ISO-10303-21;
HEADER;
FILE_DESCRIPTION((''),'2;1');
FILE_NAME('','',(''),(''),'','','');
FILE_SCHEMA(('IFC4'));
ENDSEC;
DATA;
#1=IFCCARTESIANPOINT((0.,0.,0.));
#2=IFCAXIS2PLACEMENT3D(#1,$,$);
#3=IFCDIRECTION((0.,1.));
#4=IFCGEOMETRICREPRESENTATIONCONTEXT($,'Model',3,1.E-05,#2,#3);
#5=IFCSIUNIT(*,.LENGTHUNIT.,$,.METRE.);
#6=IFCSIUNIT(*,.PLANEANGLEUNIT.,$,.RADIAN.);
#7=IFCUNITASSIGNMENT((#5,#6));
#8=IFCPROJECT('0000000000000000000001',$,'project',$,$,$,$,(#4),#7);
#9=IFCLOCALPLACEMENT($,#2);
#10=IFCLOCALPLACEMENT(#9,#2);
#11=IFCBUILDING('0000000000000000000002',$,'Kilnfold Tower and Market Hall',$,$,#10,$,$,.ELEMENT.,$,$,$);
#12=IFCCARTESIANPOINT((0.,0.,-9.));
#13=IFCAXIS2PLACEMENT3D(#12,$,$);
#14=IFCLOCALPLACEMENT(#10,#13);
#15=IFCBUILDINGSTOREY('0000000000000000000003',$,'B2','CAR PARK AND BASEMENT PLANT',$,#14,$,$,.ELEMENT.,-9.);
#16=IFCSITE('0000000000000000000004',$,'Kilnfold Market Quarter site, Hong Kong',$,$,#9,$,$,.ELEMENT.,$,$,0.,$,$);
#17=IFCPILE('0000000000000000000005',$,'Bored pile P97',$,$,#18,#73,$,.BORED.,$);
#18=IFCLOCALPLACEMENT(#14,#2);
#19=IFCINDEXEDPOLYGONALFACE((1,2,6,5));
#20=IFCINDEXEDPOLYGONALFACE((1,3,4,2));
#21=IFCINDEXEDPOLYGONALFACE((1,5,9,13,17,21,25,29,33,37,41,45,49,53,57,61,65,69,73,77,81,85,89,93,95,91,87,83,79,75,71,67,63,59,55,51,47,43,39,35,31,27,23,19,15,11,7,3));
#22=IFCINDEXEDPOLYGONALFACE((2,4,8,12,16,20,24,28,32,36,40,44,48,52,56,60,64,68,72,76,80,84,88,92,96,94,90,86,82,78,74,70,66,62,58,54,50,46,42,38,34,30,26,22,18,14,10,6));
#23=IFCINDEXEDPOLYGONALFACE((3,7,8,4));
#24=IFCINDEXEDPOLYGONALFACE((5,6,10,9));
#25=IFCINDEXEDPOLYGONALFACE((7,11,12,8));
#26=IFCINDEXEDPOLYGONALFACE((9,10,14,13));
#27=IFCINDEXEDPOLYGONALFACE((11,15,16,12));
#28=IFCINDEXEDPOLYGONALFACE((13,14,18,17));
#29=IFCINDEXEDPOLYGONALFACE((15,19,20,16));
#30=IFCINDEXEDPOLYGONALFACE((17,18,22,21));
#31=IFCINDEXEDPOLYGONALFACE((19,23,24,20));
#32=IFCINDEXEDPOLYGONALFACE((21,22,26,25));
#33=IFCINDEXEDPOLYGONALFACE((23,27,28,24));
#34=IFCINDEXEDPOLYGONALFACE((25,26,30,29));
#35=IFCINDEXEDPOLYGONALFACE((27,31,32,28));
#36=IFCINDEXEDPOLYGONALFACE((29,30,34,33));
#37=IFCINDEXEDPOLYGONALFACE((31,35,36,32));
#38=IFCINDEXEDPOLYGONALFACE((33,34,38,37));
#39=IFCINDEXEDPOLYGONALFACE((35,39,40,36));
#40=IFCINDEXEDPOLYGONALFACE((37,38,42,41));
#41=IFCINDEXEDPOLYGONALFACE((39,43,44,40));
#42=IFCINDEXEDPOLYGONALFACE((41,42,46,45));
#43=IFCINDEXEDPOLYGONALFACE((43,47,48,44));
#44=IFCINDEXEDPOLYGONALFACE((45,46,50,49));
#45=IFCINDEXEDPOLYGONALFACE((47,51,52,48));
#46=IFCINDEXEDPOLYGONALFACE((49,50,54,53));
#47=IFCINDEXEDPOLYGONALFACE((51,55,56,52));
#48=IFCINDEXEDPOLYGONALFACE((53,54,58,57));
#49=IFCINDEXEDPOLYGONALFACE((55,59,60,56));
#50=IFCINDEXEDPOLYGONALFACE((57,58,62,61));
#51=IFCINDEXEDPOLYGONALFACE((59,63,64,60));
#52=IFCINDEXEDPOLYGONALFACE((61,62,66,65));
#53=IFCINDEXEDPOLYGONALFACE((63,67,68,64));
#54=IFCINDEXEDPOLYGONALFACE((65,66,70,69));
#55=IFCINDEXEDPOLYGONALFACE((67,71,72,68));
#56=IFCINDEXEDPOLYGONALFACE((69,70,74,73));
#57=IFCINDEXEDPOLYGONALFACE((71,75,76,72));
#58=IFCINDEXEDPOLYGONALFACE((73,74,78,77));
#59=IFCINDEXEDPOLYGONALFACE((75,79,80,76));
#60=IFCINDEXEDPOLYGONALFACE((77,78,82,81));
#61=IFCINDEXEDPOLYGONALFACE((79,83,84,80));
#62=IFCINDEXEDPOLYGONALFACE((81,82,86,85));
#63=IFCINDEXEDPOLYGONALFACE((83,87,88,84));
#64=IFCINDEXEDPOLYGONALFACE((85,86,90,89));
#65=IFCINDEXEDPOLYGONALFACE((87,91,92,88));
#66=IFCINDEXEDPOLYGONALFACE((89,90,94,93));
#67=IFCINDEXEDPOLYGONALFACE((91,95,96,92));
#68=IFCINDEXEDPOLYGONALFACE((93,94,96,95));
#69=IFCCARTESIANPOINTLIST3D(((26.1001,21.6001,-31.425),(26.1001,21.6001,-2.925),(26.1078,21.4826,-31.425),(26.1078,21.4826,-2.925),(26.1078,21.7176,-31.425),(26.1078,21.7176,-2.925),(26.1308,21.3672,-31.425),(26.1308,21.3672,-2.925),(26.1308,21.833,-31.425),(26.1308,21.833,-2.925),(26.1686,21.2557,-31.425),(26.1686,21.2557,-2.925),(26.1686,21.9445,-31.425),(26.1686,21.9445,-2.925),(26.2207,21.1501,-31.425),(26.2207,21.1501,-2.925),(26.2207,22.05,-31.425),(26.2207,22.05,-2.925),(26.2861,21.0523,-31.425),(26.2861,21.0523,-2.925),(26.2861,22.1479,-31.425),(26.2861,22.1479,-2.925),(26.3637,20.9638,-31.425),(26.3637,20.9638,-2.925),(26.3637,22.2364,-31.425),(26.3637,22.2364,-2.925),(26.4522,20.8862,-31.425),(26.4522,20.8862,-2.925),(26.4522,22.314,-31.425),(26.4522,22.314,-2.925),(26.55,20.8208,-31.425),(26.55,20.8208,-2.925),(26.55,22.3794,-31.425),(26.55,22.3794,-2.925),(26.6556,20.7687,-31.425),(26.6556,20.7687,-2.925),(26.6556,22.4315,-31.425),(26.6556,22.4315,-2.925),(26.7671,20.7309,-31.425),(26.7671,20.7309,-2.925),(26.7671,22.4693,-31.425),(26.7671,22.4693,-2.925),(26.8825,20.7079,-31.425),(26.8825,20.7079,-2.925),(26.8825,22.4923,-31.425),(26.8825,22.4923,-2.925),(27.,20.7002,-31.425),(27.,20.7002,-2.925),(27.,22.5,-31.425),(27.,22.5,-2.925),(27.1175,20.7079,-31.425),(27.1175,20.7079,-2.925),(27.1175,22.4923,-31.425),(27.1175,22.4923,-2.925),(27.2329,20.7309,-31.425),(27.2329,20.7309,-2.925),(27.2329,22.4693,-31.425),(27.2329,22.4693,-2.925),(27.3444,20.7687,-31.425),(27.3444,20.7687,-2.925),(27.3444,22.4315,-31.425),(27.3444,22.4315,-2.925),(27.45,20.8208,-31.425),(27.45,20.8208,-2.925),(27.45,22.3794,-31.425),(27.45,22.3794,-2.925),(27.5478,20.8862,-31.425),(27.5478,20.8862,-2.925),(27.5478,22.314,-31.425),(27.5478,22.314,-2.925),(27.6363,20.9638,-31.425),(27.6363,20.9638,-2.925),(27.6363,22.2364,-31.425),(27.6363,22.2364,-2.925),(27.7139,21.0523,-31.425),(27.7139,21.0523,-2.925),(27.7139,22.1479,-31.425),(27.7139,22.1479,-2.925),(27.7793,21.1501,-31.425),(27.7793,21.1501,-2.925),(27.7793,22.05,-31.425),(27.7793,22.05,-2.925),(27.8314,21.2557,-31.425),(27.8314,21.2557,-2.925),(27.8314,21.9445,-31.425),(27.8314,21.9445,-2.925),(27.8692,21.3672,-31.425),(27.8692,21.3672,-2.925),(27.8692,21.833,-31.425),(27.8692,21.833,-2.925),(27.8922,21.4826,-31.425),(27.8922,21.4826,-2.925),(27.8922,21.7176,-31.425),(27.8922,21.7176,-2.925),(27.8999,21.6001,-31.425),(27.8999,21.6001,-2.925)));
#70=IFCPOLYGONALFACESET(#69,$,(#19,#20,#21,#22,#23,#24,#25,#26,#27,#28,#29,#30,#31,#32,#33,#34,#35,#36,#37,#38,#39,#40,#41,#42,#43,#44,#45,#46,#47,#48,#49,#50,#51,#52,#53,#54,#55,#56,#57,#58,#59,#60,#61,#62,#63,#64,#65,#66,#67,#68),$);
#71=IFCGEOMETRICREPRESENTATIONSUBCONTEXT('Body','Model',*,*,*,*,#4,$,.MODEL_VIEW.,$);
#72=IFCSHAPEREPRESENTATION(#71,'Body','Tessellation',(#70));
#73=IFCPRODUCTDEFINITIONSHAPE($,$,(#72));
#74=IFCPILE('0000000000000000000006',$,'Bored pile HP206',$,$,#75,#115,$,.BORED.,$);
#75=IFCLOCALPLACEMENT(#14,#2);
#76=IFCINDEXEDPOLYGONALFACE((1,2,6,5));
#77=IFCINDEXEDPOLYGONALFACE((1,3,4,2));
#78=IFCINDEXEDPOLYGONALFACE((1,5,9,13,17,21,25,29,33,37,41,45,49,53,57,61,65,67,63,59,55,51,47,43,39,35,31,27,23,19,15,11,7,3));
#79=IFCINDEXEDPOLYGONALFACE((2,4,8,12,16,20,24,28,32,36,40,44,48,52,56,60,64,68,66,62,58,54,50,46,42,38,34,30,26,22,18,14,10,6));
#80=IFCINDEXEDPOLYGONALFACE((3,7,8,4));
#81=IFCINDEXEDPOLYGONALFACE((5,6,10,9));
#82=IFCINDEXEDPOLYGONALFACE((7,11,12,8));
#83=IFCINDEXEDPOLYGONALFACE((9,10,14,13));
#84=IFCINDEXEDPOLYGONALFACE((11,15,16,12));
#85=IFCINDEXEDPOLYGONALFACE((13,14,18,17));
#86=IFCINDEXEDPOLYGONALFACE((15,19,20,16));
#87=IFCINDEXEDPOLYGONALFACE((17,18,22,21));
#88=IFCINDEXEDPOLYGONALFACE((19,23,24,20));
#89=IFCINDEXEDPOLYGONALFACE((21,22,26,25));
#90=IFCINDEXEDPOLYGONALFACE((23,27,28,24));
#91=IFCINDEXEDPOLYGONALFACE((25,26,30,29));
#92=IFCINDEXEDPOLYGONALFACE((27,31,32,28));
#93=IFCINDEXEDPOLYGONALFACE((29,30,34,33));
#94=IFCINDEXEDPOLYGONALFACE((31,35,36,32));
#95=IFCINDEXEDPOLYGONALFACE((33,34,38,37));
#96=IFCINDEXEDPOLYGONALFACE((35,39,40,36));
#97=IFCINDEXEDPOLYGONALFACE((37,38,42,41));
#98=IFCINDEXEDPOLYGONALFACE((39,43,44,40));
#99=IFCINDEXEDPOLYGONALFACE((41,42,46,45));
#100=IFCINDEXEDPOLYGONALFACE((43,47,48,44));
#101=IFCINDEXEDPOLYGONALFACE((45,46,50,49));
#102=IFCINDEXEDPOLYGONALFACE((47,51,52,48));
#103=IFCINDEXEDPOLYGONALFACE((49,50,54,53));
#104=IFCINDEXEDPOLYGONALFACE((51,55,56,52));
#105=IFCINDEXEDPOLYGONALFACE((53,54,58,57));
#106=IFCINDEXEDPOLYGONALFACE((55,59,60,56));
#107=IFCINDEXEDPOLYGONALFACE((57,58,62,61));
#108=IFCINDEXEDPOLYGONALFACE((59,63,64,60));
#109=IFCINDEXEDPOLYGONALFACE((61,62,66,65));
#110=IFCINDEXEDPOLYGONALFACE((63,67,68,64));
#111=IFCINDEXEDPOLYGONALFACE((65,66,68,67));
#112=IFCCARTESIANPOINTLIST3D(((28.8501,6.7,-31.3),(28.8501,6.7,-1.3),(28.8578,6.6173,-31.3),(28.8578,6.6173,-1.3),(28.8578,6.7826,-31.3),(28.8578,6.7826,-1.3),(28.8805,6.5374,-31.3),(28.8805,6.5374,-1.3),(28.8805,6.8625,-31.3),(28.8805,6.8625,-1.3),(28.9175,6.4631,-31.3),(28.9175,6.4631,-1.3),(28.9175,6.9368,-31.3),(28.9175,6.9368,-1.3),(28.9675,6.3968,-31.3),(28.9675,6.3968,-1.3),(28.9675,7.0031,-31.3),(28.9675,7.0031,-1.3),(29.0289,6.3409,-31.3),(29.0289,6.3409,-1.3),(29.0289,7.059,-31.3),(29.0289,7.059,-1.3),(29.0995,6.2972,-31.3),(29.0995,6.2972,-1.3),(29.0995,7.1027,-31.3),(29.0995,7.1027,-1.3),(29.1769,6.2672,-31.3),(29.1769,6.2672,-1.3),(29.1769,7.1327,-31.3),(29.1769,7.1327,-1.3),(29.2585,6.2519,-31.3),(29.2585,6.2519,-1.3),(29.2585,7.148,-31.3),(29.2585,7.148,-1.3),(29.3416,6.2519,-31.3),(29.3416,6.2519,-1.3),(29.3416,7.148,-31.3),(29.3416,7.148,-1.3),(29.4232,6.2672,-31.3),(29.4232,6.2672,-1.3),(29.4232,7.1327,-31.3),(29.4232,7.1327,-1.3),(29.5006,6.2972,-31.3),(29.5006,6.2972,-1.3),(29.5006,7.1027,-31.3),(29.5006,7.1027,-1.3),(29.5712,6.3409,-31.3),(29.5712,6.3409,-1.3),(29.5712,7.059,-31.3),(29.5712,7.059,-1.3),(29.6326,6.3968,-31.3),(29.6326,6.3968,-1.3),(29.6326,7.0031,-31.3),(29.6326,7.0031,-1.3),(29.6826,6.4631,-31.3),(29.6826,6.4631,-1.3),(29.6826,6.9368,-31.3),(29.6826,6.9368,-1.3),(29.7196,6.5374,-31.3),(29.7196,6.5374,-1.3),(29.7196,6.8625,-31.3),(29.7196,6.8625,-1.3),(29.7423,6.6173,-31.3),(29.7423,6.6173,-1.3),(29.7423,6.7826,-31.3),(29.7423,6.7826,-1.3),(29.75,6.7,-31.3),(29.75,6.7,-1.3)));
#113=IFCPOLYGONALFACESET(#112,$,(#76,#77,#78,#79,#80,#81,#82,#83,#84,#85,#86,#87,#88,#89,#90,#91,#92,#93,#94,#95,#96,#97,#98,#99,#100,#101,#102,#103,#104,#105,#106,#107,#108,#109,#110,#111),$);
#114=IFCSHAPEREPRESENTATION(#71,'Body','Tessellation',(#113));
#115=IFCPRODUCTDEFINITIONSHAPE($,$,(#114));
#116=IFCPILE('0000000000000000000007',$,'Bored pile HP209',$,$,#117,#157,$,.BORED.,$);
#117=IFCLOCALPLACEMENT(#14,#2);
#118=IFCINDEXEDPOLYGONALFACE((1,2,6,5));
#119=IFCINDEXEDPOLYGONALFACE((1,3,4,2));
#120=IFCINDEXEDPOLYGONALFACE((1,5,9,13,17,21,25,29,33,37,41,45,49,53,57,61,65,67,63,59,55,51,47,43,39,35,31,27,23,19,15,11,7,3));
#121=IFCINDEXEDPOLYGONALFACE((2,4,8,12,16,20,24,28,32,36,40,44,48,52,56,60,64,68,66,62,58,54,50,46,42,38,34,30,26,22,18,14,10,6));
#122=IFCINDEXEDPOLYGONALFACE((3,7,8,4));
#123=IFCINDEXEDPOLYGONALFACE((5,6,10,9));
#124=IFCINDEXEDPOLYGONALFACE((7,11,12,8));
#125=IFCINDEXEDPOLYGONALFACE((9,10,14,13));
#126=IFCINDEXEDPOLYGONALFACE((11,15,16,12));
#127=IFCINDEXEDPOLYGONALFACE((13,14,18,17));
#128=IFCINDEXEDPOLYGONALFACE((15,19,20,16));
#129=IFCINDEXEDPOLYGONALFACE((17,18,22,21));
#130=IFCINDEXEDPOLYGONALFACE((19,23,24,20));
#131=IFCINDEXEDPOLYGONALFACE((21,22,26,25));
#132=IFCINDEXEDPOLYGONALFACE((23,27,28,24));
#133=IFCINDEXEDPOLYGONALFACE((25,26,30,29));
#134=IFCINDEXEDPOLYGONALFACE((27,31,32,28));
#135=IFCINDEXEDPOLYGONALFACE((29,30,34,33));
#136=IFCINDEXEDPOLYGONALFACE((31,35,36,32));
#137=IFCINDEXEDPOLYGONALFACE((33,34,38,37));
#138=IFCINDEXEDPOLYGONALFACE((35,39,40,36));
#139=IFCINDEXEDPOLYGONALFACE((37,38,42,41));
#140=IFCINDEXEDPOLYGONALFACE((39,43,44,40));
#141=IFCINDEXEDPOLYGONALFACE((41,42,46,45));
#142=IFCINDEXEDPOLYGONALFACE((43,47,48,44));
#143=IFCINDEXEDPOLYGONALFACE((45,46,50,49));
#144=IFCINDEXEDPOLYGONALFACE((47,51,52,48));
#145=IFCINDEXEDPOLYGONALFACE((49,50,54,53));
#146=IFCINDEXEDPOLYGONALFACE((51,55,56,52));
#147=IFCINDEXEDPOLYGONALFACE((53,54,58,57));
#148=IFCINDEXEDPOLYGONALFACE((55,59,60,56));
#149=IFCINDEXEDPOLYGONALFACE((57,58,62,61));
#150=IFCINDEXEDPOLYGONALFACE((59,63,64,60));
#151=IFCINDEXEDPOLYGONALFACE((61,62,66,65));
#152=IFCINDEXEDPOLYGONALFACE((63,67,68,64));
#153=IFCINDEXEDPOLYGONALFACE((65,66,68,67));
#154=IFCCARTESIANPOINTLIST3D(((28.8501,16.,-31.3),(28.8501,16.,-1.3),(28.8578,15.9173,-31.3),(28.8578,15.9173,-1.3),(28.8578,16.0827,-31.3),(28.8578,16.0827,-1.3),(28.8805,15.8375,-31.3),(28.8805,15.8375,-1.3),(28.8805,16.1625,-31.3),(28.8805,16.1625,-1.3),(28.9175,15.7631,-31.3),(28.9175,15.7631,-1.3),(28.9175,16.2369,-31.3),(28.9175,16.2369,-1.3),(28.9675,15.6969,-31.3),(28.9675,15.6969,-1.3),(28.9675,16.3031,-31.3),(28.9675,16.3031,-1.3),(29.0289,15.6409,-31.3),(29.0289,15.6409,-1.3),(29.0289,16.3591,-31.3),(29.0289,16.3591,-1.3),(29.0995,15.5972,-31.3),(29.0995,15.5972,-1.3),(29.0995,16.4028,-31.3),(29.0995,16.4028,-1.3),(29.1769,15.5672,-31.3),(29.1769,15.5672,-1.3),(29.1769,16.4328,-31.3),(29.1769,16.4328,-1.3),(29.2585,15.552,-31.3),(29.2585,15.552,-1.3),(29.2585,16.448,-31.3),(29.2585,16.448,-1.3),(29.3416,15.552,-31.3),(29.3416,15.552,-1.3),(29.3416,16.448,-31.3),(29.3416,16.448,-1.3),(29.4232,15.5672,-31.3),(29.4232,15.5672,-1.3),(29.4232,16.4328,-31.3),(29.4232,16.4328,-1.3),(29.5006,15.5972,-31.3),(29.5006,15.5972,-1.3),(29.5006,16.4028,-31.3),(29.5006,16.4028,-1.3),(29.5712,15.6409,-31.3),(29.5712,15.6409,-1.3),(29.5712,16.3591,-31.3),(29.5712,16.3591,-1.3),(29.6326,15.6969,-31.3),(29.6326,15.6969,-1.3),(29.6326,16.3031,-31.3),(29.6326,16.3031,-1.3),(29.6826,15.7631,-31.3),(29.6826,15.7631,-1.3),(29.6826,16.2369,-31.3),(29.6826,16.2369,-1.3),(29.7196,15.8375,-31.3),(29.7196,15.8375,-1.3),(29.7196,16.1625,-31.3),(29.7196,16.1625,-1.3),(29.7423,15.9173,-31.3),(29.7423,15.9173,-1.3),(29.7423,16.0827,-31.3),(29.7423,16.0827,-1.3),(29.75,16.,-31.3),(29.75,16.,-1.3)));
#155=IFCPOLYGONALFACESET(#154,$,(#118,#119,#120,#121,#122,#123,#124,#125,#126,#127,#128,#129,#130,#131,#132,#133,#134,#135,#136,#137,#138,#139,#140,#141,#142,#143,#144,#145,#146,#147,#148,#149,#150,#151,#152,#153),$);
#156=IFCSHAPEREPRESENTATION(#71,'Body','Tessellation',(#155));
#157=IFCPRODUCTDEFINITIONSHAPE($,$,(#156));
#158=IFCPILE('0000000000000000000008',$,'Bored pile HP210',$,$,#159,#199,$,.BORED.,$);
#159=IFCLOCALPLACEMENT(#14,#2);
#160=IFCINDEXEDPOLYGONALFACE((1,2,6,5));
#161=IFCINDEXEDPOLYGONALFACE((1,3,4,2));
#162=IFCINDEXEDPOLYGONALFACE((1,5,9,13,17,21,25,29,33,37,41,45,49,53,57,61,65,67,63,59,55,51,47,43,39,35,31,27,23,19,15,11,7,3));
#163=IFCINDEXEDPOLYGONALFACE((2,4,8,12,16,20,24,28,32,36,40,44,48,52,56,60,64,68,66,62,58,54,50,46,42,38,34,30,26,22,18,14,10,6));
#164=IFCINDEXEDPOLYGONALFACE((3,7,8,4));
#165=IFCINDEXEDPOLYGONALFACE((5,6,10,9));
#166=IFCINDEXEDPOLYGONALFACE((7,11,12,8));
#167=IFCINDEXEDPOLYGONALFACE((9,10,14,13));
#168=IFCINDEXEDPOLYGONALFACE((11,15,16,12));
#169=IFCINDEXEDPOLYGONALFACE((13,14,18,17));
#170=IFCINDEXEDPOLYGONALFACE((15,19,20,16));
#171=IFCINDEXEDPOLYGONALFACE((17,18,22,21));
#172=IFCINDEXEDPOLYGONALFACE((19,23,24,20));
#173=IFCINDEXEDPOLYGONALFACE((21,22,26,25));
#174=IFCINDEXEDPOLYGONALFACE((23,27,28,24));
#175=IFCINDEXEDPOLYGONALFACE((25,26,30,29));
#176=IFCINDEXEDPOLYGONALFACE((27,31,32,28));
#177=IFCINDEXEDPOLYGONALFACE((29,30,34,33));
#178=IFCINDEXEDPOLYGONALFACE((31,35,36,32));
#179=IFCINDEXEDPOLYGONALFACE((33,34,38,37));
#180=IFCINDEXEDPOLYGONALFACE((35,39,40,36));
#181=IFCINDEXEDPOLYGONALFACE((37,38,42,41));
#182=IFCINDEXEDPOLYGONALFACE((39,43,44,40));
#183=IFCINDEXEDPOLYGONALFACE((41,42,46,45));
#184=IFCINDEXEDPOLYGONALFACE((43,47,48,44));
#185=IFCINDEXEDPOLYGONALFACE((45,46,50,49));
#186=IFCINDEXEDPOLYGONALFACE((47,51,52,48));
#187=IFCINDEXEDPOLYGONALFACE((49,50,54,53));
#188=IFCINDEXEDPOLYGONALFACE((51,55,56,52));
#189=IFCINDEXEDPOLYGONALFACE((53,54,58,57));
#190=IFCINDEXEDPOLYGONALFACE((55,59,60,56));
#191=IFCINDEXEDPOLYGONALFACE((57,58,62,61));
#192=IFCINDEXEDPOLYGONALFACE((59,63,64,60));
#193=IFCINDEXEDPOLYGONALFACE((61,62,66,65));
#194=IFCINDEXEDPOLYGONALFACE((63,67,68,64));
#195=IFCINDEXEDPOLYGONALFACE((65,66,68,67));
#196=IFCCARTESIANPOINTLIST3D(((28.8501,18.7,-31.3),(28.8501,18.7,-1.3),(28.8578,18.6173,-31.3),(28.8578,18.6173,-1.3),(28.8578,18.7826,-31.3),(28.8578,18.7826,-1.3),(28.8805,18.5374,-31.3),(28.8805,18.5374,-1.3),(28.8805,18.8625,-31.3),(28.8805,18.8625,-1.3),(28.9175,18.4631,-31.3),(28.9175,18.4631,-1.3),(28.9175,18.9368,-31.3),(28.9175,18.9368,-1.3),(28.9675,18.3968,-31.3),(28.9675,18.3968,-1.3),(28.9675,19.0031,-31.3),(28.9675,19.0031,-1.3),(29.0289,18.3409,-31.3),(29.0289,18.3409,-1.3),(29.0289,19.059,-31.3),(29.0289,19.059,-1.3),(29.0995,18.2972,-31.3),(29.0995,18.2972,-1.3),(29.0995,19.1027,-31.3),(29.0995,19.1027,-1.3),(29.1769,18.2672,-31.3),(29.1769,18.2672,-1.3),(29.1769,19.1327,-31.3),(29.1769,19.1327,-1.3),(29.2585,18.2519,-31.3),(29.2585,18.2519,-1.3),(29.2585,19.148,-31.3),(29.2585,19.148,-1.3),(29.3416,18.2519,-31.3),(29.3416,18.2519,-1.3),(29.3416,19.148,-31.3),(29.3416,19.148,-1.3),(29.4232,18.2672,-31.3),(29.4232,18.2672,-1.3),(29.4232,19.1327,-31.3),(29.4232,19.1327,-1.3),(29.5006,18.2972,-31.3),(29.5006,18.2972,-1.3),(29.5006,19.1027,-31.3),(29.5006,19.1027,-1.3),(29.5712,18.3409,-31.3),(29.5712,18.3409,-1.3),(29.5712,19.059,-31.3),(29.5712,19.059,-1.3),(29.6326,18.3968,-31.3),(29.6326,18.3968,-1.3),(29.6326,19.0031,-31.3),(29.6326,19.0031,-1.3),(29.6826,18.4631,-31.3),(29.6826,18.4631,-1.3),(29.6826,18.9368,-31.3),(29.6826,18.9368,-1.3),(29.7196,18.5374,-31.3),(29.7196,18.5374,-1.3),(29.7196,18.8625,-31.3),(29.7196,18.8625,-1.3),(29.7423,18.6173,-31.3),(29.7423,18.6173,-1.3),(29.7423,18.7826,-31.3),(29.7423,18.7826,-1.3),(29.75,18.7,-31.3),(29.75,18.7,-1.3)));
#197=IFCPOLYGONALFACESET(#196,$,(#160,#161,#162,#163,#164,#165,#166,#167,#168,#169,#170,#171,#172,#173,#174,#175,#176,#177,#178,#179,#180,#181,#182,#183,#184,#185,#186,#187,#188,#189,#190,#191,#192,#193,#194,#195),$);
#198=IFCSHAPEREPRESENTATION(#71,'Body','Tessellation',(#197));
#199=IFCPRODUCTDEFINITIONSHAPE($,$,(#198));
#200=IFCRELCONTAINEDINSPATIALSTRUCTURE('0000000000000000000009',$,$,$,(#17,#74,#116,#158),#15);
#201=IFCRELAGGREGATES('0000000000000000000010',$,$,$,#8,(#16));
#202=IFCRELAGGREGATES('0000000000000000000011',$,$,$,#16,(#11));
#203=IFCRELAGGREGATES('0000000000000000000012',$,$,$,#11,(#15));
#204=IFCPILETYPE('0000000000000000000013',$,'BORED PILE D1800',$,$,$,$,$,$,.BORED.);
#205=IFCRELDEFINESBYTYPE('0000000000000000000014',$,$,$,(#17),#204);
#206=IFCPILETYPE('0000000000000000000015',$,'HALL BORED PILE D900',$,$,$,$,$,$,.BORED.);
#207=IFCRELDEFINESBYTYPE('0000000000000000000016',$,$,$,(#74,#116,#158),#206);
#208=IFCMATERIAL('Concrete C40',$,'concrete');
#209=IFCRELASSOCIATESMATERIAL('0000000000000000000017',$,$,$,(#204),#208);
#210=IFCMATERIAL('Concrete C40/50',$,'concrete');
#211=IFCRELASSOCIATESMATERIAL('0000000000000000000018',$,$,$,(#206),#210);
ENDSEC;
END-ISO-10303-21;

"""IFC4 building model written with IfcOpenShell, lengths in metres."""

from ifc_helpers import new_model, si_unit, direction, frame, origin, origin_2d, place, context, subcontext, project, spatial, circle, extrude, source, transform, mapped, material, material_profile, profile_set, type_object, element, save


model = new_model("IFC4")

# Units and contexts
model_context = context("Model", 3, precision=1e-05, world=origin(), true_north=direction((0.0, 1.0)))
body_context = subcontext(model_context, "Body", "Model", "MODEL_VIEW")
ifc_project = project(units=[si_unit("LENGTHUNIT", "METRE"), si_unit("PLANEANGLEUNIT", "RADIAN")], contexts=[model_context])

# Site, building, storey
site_placement = place(None, origin())
site = spatial("IfcSite", under=ifc_project, at=site_placement, Name="Kilnfold Market Quarter site, Hong Kong", CompositionType="ELEMENT", RefElevation=0.0)
building_placement = place(site_placement, origin())
building = spatial("IfcBuilding", under=site, at=building_placement, Name="Kilnfold Tower and Market Hall", CompositionType="ELEMENT")
storey_placement = place(building_placement, frame((0.0, 0.0, -9.0)))
storey = spatial("IfcBuildingStorey", under=building, at=storey_placement, Name="B2", Description="CAR PARK AND BASEMENT PLANT", CompositionType="ELEMENT", Elevation=-9.0)

# Piles
ifc_material_1 = material(Name="Concrete C40", Category="concrete")
ifc_material_profile_1 = material_profile(ifc_material_1, circle(Radius=0.8999, at=origin_2d()), Name="RC D1800")
ifc_profile_set_1 = profile_set([ifc_material_profile_1], Name="Concrete C40")
pile_type_1 = type_object("IfcPileType", Name="BORED PILE D1800", PredefinedType="BORED", material=ifc_profile_set_1)
shared_shape_1 = source(origin(), body_context, "Body", "SweptSolid", [
    extrude(circle(Radius=0.8999, at=origin_2d()), origin(), (0.0, 0.0, 1.0), 28.5),
])
for number, where, z_axis, x_axis, name in (
    (1, (27.0, 21.6001, -2.925), (0.0, 0.0, -1.0), (1.0, 0.0, 0.0), "Bored pile P97"),
):
    element("IfcPile", number, at=place(storey_placement, frame(where, z_axis=z_axis, x_axis=x_axis)), inside=storey, type_object=pile_type_1, Name=name, PredefinedType="BORED", context=body_context, shape_type="MappedRepresentation", body=[
        mapped(shared_shape_1, transform((0.0, 0.0, 0.0))),
    ])
ifc_material_2 = material(Name="Concrete C40/50", Category="concrete")
ifc_material_profile_2 = material_profile(ifc_material_2, circle(Radius=0.45, at=origin_2d()), Name="D900")
ifc_profile_set_2 = profile_set([ifc_material_profile_2], Name="Concrete C40/50")
pile_type_2 = type_object("IfcPileType", Name="HALL BORED PILE D900", PredefinedType="BORED", material=ifc_profile_set_2)
shared_shape_2 = source(origin(), body_context, "Body", "SweptSolid", [
    extrude(circle(Radius=0.45, at=origin_2d()), origin(), (0.0, 0.0, 1.0), 30.0),
])
for number, where, z_axis, x_axis, name in (
    (2, (29.3, 6.7, -1.3), (0.0, 0.0, -1.0), (1.0, 0.0, 0.0), "Bored pile HP206"),
    (3, (29.3, 16.0, -1.3), (0.0, 0.0, -1.0), (1.0, 0.0, 0.0), "Bored pile HP209"),
    (4, (29.3, 18.7, -1.3), (0.0, 0.0, -1.0), (1.0, 0.0, 0.0), "Bored pile HP210"),
):
    element("IfcPile", number, at=place(storey_placement, frame(where, z_axis=z_axis, x_axis=x_axis)), inside=storey, type_object=pile_type_2, Name=name, PredefinedType="BORED", context=body_context, shape_type="MappedRepresentation", body=[
        mapped(shared_shape_2, transform((0.0, 0.0, 0.0))),
    ])

save(model, "model.ifc")
